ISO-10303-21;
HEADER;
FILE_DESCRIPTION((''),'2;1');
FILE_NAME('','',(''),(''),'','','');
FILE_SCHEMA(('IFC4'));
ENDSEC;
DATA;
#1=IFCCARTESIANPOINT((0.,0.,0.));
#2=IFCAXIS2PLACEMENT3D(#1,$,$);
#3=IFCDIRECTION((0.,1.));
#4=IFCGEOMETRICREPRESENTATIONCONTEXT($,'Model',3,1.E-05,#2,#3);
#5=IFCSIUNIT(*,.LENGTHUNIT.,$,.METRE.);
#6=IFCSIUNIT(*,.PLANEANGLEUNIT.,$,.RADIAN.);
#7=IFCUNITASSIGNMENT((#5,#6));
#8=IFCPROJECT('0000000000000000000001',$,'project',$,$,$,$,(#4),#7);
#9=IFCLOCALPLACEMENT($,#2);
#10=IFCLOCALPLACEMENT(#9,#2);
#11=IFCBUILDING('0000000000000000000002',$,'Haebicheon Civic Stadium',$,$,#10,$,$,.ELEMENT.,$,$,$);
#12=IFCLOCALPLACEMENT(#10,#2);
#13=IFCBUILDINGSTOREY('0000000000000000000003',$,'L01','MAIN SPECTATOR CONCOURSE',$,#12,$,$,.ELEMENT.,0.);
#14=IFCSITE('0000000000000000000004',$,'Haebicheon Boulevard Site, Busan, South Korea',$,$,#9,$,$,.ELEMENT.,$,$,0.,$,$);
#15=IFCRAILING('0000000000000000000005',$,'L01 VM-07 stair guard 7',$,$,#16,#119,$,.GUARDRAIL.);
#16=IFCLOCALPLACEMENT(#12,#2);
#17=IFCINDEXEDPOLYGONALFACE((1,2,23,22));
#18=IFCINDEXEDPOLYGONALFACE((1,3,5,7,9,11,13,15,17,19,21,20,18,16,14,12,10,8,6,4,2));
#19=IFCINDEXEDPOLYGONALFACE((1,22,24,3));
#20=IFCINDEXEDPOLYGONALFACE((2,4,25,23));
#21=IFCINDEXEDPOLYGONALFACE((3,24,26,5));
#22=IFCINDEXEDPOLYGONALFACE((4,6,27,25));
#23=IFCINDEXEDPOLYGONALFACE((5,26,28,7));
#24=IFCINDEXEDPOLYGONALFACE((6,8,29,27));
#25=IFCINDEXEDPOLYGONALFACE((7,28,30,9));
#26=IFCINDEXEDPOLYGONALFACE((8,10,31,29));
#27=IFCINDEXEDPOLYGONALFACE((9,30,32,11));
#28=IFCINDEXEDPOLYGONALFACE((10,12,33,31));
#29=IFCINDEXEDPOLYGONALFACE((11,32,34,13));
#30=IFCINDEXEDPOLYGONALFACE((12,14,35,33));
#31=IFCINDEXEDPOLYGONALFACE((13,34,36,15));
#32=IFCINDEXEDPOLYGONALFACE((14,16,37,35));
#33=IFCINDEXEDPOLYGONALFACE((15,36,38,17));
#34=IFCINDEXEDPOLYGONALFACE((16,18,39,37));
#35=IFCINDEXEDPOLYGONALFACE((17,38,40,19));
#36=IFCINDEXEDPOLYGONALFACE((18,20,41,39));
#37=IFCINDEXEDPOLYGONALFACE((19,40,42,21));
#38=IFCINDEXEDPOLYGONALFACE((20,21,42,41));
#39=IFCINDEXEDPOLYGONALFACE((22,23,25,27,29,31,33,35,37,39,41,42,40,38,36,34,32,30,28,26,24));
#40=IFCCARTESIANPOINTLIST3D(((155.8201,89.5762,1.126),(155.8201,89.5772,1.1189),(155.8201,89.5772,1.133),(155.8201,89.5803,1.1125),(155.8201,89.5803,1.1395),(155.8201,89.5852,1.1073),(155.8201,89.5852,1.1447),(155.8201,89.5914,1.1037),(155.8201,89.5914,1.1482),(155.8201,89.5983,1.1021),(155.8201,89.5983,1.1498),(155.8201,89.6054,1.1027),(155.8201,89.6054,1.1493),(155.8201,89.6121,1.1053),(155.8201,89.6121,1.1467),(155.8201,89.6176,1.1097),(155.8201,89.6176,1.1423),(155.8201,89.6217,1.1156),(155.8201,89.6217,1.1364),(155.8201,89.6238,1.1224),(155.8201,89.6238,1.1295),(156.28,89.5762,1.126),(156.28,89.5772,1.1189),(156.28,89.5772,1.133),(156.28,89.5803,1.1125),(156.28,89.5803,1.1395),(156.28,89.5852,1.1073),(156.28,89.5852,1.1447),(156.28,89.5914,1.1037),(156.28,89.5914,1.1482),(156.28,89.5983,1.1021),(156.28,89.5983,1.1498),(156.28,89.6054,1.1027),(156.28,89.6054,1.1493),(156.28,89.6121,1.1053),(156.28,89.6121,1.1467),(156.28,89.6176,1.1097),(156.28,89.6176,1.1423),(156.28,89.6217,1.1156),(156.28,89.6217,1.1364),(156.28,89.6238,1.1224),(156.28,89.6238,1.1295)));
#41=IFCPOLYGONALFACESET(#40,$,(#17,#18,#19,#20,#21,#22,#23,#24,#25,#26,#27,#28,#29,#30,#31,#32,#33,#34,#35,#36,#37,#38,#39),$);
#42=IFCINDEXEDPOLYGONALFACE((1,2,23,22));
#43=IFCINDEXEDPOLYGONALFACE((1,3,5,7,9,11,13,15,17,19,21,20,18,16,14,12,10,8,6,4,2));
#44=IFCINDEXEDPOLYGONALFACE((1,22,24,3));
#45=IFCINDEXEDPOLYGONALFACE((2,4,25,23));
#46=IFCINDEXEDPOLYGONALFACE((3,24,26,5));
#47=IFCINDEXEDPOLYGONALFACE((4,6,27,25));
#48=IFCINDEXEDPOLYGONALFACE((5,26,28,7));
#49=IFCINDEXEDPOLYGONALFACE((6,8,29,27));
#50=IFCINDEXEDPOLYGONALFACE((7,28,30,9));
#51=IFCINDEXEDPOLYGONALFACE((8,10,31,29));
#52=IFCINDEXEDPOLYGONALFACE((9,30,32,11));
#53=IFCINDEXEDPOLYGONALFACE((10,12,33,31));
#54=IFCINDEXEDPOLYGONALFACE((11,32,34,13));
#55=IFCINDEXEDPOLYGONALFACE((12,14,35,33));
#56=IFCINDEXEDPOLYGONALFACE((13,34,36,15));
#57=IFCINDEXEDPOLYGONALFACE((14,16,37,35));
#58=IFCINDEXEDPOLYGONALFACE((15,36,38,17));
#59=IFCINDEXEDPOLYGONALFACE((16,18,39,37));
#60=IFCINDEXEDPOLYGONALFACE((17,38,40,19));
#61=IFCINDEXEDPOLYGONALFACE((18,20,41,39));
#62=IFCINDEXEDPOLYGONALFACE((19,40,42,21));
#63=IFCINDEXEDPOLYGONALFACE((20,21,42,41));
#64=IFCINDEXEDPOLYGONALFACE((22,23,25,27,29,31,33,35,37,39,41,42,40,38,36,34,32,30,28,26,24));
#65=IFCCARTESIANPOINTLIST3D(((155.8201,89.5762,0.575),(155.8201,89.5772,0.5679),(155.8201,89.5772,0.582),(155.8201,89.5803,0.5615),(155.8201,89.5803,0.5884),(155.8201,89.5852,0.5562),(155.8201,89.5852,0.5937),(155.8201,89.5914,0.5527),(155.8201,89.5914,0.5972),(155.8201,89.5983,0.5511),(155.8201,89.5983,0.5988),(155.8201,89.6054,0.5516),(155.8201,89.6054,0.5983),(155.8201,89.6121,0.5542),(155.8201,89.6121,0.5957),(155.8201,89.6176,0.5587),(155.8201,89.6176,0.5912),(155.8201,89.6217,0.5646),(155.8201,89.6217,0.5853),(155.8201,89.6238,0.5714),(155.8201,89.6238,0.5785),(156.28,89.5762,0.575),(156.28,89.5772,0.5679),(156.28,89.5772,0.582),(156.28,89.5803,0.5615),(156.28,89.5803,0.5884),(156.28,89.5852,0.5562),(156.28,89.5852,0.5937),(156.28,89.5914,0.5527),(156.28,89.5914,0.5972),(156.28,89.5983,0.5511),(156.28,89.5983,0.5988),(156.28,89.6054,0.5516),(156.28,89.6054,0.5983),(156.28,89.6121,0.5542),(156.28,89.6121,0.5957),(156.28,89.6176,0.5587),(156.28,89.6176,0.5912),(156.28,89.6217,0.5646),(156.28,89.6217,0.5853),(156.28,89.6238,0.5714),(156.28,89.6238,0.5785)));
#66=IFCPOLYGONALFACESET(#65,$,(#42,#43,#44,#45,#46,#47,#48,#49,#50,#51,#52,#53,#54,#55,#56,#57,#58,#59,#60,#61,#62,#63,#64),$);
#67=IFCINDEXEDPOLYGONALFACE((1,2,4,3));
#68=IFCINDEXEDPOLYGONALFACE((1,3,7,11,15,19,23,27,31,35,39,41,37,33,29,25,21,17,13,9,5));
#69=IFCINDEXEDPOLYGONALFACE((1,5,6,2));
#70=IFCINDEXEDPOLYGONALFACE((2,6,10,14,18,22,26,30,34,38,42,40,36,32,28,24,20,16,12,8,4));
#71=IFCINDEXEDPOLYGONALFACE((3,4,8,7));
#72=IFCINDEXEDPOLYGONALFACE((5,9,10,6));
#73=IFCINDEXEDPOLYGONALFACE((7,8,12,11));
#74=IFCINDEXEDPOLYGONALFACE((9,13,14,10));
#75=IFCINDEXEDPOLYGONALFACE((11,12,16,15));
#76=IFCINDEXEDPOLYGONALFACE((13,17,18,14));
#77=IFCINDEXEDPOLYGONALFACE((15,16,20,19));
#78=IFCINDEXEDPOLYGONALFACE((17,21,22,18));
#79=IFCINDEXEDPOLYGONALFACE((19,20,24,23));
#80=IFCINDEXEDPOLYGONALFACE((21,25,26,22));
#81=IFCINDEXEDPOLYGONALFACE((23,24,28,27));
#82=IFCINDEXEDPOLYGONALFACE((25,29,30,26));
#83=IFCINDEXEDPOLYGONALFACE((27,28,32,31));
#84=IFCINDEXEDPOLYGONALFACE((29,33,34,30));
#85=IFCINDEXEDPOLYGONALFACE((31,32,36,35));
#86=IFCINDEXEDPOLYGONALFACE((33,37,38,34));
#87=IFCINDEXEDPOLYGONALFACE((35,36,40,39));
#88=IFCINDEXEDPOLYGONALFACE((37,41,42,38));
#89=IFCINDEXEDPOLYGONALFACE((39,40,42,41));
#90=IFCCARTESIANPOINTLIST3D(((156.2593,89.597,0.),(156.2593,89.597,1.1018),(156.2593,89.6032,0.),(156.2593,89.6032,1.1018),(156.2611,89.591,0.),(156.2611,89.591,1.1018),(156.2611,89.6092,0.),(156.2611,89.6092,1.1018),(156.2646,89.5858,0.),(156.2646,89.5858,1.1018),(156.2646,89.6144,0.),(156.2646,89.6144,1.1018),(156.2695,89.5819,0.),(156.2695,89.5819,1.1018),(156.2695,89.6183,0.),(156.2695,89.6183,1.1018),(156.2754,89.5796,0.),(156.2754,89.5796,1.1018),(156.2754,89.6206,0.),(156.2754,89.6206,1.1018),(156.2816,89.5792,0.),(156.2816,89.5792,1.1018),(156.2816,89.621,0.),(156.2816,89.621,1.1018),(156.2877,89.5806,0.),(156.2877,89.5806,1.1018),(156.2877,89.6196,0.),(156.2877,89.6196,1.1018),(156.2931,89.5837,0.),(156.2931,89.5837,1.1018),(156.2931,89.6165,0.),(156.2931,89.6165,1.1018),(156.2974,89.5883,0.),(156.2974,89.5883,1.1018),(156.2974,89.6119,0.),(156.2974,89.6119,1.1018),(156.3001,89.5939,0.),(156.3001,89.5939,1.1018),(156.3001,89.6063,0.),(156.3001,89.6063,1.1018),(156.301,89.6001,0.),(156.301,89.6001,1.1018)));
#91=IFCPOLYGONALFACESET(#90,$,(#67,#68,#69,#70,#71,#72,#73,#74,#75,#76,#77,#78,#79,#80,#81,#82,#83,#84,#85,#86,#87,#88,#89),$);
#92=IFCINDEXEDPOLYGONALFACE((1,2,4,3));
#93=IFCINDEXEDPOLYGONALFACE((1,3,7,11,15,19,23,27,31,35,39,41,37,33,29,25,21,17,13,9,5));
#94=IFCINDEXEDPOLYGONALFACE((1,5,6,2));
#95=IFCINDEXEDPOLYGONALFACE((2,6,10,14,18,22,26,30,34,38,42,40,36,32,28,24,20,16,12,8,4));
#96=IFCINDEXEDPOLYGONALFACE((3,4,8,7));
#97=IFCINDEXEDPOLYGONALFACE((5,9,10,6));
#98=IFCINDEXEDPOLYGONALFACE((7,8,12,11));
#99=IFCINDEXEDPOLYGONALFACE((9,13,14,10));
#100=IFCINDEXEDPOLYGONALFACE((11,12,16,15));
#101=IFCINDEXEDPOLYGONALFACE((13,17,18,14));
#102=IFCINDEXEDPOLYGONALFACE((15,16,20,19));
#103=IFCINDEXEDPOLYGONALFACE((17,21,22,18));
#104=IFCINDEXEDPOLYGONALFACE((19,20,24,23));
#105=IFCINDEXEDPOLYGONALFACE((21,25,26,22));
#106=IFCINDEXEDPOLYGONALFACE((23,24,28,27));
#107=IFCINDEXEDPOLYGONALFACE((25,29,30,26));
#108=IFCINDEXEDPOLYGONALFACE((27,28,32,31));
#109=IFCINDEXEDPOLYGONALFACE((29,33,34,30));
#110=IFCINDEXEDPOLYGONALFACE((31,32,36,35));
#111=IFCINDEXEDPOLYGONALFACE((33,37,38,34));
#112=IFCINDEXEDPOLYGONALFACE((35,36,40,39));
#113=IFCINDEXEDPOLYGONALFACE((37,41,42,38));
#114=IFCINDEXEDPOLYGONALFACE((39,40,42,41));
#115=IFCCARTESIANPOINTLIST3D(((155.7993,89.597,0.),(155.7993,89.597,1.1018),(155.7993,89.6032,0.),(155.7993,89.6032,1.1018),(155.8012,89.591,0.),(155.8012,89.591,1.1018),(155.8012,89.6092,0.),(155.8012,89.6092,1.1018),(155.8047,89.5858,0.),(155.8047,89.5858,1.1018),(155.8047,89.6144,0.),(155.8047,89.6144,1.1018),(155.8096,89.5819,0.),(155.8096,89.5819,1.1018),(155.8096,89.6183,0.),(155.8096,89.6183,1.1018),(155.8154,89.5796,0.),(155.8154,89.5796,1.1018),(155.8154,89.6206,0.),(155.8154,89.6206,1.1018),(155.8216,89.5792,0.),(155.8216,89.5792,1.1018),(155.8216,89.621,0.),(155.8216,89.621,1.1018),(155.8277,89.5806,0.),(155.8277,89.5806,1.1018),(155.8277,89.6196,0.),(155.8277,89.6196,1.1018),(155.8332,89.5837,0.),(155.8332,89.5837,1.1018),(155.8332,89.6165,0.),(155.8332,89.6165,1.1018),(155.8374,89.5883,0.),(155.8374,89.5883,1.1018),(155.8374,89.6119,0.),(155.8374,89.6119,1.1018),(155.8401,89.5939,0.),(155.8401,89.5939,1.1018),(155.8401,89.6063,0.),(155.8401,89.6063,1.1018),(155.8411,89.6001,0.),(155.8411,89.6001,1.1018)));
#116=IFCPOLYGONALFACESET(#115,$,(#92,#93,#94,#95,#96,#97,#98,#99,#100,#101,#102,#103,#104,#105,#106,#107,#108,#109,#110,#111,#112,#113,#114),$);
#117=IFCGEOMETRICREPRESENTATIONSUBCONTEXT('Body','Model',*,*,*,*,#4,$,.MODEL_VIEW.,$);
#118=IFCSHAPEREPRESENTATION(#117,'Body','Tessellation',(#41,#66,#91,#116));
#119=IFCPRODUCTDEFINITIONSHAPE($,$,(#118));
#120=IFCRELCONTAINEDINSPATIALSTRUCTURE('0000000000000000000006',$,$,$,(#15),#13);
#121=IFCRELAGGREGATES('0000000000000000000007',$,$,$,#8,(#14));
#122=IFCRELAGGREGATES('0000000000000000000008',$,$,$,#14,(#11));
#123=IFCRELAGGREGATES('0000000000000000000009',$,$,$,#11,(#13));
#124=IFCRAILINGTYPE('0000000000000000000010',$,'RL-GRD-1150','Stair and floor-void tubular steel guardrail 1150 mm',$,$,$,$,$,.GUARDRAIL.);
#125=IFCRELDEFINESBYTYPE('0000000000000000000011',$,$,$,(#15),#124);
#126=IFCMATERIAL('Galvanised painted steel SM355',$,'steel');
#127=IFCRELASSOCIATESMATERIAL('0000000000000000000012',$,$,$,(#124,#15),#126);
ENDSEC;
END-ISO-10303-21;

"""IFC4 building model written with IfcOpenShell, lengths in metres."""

from ifc_helpers import new_model, si_unit, direction, frame, origin, origin_2d, place, context, subcontext, project, spatial, circle, extrude, material, type_object, element, save


model = new_model("IFC4")

# Units and contexts
model_context = context("Model", 3, precision=1e-05, world=origin(), true_north=direction((0.0, 1.0)))
body_context = subcontext(model_context, "Body", "Model", "MODEL_VIEW")
ifc_project = project(units=[si_unit("LENGTHUNIT", "METRE"), si_unit("PLANEANGLEUNIT", "RADIAN")], contexts=[model_context])

# Site, building, storey
site_placement = place(None, origin())
site = spatial("IfcSite", under=ifc_project, at=site_placement, Name="Haebicheon Boulevard Site, Busan, South Korea", CompositionType="ELEMENT", RefElevation=0.0)
building_placement = place(site_placement, origin())
building = spatial("IfcBuilding", under=site, at=building_placement, Name="Haebicheon Civic Stadium", CompositionType="ELEMENT")
storey_placement = place(building_placement, origin())
storey = spatial("IfcBuildingStorey", under=building, at=storey_placement, Name="L01", Description="MAIN SPECTATOR CONCOURSE", CompositionType="ELEMENT", Elevation=0.0)

# Railing
ifc_material_1 = material(Name="Galvanised painted steel SM355", Category="steel")
railing_type_1 = type_object("IfcRailingType", Name="RL-GRD-1150", Description="Stair and floor-void tubular steel guardrail 1150 mm", PredefinedType="GUARDRAIL", material=ifc_material_1)
railing_1_placement = place(storey_placement, frame((156.28, 89.6001, 0.0)))
element("IfcRailing", 1, at=railing_1_placement, inside=storey, type_object=railing_type_1, material=ifc_material_1, Name="L01 VM-07 stair guard 7", PredefinedType="GUARDRAIL", context=body_context, shape_type="SweptSolid", body=[
    extrude(circle(Radius=0.0239, at=origin_2d()), frame((0.0, 0.0, 1.126), z_axis=(-1.0, 0.0, 0.0), x_axis=(0.0, -1.0, 0.0)), (0.0, 0.0, 1.0), 0.46),
    extrude(circle(Radius=0.0239, at=origin_2d()), frame((0.0, 0.0, 0.575), z_axis=(-1.0, 0.0, 0.0), x_axis=(0.0, -1.0, 0.0)), (0.0, 0.0, 1.0), 0.46),
    extrude(circle(Radius=0.021, at=origin_2d()), origin(), (0.0, 0.0, 1.0), 1.1018),
    extrude(circle(Radius=0.021, at=origin_2d()), frame((-0.46, 0.0, 0.0)), (0.0, 0.0, 1.0), 1.1018),
])

save(model, "model.ifc")
